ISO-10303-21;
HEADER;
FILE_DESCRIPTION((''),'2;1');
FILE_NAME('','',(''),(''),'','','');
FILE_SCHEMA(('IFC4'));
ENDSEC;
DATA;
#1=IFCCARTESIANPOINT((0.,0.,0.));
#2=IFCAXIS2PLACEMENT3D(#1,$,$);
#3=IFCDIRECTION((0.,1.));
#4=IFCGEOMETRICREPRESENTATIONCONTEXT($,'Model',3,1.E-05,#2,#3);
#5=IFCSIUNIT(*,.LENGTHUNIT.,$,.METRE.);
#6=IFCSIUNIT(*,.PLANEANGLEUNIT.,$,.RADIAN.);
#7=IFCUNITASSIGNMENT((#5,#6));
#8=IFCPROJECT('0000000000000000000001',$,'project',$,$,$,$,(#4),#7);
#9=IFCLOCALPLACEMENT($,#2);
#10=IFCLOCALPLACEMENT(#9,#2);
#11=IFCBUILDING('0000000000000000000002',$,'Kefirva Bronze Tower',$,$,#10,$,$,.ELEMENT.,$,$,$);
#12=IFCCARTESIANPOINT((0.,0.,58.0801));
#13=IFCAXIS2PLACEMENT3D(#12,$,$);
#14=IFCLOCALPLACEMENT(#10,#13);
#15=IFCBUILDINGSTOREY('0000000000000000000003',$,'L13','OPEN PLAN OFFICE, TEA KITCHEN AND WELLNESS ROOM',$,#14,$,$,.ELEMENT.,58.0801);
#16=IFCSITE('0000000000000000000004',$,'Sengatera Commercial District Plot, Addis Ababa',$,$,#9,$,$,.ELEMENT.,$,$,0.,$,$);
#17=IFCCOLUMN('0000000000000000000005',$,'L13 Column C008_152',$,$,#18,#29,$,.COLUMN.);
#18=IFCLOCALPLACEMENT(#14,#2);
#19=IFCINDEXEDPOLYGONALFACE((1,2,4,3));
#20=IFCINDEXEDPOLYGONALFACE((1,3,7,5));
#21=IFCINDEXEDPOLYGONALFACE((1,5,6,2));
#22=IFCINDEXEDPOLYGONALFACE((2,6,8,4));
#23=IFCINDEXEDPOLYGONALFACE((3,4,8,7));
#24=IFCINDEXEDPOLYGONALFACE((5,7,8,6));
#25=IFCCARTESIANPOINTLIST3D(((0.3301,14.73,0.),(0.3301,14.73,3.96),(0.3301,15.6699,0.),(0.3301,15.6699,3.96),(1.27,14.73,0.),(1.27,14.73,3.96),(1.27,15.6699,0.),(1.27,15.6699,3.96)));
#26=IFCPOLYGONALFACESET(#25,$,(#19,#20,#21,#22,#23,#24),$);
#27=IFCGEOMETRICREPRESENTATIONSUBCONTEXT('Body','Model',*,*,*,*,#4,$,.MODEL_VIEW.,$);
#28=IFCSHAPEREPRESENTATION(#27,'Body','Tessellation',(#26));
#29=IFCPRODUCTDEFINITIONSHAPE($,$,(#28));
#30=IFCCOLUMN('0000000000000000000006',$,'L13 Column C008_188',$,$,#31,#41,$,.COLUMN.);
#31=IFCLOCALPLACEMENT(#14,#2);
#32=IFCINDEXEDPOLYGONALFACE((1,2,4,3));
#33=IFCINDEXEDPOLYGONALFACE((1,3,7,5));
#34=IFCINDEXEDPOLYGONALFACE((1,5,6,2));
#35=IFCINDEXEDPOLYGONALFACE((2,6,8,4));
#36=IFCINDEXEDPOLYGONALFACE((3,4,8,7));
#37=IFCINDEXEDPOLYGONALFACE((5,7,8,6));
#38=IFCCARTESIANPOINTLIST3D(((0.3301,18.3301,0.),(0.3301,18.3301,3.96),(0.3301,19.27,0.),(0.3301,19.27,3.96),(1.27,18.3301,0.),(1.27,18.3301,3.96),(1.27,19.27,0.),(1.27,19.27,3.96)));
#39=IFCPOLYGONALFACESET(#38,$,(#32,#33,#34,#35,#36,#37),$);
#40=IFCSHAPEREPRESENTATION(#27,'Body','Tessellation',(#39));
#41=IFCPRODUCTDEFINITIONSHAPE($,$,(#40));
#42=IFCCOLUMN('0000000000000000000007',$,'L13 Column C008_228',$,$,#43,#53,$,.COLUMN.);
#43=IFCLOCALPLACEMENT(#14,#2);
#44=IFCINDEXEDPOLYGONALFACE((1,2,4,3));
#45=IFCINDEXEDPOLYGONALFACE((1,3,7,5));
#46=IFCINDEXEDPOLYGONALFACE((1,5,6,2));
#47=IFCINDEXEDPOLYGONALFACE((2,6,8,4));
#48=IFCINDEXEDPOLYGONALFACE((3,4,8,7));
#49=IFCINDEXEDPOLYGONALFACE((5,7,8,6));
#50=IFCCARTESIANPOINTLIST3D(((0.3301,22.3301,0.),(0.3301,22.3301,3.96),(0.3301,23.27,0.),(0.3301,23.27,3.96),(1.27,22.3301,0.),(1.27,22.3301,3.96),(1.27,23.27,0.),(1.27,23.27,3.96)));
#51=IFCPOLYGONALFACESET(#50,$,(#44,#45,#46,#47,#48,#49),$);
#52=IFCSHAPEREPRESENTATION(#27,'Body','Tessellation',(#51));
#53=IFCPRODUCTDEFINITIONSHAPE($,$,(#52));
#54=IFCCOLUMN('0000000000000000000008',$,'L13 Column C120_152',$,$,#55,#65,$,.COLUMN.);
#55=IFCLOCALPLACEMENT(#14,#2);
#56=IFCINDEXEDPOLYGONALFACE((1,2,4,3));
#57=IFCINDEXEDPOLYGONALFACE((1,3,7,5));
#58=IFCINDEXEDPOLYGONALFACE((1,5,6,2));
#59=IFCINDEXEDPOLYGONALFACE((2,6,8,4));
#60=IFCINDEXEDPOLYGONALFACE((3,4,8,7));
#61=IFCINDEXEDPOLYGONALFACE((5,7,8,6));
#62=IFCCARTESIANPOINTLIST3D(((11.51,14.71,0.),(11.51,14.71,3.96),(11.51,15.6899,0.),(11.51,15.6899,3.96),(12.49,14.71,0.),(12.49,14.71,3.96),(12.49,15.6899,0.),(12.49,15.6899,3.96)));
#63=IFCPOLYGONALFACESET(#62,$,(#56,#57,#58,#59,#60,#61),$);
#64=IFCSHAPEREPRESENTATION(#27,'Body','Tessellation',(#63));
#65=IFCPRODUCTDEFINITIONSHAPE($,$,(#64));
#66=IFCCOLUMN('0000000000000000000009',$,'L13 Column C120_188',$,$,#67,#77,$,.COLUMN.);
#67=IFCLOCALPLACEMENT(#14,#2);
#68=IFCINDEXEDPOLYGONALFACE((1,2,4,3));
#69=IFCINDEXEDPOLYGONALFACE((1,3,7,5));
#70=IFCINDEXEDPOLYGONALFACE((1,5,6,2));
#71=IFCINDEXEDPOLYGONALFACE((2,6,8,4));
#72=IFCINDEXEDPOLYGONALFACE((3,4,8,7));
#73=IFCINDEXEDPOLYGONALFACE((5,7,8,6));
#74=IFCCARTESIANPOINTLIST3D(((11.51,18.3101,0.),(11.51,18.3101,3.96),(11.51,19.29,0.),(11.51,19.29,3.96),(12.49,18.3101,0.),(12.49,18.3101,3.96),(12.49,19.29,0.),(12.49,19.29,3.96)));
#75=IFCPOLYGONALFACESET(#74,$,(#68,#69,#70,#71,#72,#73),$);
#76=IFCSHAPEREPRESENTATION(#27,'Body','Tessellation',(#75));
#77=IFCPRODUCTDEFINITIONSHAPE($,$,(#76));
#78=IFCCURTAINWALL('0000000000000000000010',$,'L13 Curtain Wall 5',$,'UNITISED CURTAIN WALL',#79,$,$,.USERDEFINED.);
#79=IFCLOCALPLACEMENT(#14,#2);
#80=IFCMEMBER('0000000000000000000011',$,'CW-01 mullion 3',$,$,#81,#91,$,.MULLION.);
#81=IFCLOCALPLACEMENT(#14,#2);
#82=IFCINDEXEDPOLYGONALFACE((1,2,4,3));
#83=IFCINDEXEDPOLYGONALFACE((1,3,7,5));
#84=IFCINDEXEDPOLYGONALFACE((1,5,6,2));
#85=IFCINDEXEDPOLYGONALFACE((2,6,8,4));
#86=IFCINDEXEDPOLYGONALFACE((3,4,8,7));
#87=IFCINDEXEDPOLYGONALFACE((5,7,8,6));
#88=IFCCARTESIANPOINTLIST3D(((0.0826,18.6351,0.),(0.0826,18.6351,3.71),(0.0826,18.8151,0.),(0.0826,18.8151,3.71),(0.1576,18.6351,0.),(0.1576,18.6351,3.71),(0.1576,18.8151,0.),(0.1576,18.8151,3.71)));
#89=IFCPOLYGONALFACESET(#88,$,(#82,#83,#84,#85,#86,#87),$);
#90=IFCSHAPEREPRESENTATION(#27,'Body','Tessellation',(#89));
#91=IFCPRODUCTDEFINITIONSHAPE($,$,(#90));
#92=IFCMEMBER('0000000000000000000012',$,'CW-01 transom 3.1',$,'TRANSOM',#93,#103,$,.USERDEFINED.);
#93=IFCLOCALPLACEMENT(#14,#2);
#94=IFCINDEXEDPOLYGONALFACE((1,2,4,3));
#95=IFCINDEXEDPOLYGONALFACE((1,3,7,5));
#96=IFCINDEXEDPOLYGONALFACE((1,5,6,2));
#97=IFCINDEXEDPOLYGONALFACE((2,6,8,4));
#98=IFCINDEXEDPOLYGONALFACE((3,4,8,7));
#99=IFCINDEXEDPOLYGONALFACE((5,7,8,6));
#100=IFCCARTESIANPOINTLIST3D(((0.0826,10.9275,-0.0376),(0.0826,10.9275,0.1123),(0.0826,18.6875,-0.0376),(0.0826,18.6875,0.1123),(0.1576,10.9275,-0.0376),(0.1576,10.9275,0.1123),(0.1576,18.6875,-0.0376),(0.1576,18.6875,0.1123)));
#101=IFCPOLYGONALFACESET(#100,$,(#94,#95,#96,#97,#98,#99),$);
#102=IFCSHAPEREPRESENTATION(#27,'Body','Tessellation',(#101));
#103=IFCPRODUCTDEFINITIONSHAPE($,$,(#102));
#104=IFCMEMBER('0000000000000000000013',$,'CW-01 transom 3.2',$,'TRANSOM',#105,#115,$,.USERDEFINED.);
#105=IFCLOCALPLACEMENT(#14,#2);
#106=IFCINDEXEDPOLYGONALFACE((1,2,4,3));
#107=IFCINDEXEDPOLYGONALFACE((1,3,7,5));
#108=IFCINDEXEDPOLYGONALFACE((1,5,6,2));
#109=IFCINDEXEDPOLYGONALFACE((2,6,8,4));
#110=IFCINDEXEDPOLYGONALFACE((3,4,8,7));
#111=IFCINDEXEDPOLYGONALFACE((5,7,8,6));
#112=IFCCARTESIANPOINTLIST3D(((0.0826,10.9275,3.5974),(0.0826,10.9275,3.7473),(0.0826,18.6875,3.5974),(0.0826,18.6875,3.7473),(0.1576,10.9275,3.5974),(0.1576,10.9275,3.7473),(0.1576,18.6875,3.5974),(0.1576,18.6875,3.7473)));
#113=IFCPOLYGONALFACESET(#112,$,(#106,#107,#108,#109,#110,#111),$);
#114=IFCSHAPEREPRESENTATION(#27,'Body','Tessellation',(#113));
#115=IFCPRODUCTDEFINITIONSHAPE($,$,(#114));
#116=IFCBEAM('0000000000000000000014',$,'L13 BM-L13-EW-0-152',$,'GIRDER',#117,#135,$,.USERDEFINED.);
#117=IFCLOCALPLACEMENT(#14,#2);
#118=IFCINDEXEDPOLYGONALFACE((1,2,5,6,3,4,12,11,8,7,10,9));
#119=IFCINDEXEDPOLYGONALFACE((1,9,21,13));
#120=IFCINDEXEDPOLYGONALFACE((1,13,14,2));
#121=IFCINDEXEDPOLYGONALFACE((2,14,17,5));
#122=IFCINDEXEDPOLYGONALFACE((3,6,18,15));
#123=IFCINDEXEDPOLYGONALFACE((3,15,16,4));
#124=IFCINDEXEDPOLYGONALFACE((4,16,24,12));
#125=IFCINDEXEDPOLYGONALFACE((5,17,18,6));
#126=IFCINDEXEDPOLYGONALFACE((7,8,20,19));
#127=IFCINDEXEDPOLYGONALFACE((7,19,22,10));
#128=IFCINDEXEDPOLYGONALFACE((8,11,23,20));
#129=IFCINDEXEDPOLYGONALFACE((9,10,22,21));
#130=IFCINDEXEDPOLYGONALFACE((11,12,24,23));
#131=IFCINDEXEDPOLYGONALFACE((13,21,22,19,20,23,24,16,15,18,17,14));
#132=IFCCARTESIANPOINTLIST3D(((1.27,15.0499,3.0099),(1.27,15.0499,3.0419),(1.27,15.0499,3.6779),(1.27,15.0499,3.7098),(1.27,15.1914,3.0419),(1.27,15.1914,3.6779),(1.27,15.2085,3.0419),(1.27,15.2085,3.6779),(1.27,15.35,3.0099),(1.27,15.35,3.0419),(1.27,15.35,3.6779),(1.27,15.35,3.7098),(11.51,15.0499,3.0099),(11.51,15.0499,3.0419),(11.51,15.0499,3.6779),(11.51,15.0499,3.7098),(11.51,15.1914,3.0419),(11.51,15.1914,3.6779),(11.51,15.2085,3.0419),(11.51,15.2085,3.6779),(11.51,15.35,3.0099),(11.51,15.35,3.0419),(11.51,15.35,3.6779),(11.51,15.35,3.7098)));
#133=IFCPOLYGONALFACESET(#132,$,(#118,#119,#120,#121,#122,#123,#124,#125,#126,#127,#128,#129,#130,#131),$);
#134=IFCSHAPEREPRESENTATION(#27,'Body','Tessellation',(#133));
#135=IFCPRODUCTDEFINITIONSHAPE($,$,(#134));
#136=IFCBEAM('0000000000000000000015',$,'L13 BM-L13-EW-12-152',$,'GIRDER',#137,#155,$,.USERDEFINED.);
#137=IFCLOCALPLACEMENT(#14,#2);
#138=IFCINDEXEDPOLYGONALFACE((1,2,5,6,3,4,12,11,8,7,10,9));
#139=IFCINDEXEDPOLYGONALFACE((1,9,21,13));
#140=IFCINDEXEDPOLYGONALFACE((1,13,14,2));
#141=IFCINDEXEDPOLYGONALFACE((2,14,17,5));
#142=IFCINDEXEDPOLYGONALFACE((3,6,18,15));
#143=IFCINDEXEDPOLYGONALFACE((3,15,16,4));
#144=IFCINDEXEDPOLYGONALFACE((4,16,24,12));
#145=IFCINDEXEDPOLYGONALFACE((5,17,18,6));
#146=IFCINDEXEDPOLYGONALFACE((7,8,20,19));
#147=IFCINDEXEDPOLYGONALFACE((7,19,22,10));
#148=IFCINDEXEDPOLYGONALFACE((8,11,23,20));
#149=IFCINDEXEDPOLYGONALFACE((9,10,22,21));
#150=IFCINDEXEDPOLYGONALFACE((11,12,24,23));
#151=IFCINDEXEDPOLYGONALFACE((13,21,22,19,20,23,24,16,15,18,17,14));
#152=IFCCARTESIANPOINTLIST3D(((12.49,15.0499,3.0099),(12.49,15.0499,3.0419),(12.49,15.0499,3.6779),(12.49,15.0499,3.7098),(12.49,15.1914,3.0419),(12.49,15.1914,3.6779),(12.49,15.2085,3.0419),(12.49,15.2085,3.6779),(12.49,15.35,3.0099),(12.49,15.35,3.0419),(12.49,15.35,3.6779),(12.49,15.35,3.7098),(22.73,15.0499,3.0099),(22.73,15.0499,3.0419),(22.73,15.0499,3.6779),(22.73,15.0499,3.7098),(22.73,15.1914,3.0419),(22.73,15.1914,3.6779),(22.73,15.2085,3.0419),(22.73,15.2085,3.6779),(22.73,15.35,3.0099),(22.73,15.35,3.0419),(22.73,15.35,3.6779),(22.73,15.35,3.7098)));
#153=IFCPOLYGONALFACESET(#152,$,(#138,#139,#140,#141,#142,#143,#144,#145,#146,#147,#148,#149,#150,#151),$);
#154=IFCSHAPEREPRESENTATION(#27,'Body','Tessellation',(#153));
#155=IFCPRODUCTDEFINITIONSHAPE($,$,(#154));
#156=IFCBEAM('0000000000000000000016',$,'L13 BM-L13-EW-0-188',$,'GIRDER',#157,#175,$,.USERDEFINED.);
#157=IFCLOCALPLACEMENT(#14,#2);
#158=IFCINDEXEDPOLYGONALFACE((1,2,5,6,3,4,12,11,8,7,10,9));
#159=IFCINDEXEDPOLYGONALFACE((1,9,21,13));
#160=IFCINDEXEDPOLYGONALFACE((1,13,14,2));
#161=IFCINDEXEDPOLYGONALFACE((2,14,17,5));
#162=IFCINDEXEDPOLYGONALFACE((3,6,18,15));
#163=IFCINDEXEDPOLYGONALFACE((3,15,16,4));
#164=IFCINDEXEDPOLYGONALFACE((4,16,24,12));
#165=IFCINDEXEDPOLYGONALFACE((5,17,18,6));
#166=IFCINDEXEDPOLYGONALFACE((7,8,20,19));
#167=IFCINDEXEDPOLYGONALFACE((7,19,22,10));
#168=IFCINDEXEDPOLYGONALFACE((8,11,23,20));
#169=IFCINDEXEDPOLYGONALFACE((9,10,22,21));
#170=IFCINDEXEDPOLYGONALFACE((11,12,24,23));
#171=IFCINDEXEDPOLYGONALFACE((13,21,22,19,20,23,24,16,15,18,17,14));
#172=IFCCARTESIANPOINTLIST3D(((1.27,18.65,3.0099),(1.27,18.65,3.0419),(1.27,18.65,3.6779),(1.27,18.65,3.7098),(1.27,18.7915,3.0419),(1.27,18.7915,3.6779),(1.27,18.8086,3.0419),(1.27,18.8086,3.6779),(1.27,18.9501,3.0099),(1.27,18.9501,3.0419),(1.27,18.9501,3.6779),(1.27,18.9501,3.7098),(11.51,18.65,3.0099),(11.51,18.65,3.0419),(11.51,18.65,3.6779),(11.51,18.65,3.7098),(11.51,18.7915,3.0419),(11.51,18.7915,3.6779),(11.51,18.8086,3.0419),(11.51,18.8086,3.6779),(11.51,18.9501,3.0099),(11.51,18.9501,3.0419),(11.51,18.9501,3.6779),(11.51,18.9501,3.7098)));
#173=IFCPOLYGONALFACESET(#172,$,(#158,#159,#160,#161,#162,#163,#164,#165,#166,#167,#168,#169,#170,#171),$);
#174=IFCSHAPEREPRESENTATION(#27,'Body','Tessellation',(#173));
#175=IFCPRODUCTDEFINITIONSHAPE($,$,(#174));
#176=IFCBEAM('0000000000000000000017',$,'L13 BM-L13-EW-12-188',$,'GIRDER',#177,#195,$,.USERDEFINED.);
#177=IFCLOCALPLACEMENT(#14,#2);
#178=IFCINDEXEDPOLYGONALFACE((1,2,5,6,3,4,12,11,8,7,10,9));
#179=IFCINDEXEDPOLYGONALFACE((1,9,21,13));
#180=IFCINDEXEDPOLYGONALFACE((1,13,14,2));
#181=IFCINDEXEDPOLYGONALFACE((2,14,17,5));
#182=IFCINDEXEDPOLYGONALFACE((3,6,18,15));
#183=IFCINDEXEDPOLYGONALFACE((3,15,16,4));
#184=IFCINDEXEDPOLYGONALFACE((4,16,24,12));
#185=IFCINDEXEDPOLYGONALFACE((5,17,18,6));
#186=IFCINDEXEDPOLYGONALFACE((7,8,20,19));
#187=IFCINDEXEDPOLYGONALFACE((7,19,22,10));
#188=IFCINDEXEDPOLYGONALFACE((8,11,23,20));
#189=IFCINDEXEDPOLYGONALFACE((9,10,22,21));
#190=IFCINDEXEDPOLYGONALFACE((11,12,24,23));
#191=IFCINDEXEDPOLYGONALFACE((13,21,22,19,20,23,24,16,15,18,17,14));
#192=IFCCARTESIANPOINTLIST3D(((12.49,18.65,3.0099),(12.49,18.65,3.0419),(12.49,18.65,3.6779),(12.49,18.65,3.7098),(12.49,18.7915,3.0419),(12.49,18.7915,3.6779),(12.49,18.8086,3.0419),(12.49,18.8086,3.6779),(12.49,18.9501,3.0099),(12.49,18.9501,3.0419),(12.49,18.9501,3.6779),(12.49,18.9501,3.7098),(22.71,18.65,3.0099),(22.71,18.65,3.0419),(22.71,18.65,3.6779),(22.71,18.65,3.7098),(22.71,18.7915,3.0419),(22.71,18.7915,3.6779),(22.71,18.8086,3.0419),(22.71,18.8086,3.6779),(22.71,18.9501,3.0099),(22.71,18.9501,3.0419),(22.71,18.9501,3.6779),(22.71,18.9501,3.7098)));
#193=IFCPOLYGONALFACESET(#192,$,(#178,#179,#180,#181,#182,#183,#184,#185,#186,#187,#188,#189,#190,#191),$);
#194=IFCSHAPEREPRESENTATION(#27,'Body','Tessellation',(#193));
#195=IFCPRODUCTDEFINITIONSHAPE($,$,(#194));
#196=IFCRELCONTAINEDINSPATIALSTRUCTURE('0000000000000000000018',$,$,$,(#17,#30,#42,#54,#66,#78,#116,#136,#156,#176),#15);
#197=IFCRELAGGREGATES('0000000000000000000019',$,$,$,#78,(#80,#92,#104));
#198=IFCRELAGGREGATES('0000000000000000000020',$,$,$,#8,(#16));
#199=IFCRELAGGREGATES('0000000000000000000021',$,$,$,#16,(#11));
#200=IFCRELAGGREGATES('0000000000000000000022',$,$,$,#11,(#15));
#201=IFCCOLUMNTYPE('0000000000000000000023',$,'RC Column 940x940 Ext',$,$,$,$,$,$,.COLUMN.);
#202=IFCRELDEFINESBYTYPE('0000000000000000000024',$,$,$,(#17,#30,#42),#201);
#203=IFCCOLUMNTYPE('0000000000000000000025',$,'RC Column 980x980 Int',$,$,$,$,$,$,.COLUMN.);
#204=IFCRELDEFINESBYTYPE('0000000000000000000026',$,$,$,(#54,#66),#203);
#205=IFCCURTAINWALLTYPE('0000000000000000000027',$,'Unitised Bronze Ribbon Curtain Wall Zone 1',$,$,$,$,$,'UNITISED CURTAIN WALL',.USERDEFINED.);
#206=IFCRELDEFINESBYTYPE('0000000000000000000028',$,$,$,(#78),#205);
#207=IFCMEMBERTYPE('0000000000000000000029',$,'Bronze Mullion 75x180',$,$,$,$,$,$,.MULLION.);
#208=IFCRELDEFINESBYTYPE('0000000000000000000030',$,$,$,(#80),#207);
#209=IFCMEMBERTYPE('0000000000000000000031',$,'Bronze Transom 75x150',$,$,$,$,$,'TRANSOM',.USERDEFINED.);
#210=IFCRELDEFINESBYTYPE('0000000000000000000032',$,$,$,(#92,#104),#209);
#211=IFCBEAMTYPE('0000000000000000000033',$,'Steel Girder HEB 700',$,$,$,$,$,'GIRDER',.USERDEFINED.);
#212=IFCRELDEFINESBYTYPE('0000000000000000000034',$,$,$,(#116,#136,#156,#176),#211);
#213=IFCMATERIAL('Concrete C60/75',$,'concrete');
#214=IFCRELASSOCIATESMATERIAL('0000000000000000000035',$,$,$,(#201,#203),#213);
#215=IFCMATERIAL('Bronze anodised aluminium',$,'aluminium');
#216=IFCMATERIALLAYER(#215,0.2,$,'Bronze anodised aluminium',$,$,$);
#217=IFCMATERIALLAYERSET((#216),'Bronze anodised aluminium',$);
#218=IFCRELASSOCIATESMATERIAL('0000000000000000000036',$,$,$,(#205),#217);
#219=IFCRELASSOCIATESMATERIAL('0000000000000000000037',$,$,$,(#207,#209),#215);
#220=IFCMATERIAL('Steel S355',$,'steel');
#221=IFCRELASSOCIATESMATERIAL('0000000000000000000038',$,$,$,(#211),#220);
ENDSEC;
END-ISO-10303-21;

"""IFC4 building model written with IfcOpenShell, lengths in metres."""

from ifc_helpers import new_model, si_unit, direction, frame, origin, origin_2d, place, context, subcontext, project, spatial, rectangle, i_section, extrude, material, layer, layer_set, material_profile, profile_set, type_object, element, aggregate, save


model = new_model("IFC4")

# Units and contexts
model_context = context("Model", 3, precision=1e-05, world=origin(), true_north=direction((0.0, 1.0)))
body_context = subcontext(model_context, "Body", "Model", "MODEL_VIEW")
ifc_project = project(units=[si_unit("LENGTHUNIT", "METRE"), si_unit("PLANEANGLEUNIT", "RADIAN")], contexts=[model_context])

# Site, building, storey
site_placement = place(None, origin())
site = spatial("IfcSite", under=ifc_project, at=site_placement, Name="Sengatera Commercial District Plot, Addis Ababa", CompositionType="ELEMENT", RefElevation=0.0)
building_placement = place(site_placement, origin())
building = spatial("IfcBuilding", under=site, at=building_placement, Name="Kefirva Bronze Tower", CompositionType="ELEMENT")
storey_placement = place(building_placement, frame((0.0, 0.0, 58.0801)))
storey = spatial("IfcBuildingStorey", under=building, at=storey_placement, Name="L13", Description="OPEN PLAN OFFICE, TEA KITCHEN AND WELLNESS ROOM", CompositionType="ELEMENT", Elevation=58.0801)

# Columns
ifc_material_1 = material(Name="Concrete C60/75", Category="concrete")
ifc_material_profile_1 = material_profile(ifc_material_1, rectangle(XDim=0.9399, YDim=0.9399, at=origin_2d()), Name="RC 940x940")
ifc_profile_set_1 = profile_set([ifc_material_profile_1], Name="Concrete C60/75")
column_type_1 = type_object("IfcColumnType", Name="RC Column 940x940 Ext", PredefinedType="COLUMN", material=ifc_profile_set_1)
for number, where, z_axis, x_axis, name in (
    (1, (0.8, 15.2, 0.0), (0.0, 0.0, 1.0), (1.0, 0.0, 0.0), "L13 Column C008_152"),
    (2, (0.8, 18.8, 0.0), (0.0, 0.0, 1.0), (1.0, 0.0, 0.0), "L13 Column C008_188"),
    (3, (0.8, 22.8, 0.0), (0.0, 0.0, 1.0), (1.0, 0.0, 0.0), "L13 Column C008_228"),
):
    element("IfcColumn", number, at=place(storey_placement, frame(where, z_axis=z_axis, x_axis=x_axis)), inside=storey, type_object=column_type_1, Name=name, PredefinedType="COLUMN", context=body_context, shape_type="SweptSolid", body=[
        extrude(rectangle(XDim=0.9399, YDim=0.9399, at=origin_2d()), origin(), (0.0, 0.0, 1.0), 3.96),
    ])
ifc_material_profile_2 = material_profile(ifc_material_1, rectangle(XDim=0.98, YDim=0.98, at=origin_2d()), Name="RC 980x980")
ifc_profile_set_2 = profile_set([ifc_material_profile_2], Name="Concrete C60/75")
column_type_2 = type_object("IfcColumnType", Name="RC Column 980x980 Int", PredefinedType="COLUMN", material=ifc_profile_set_2)
for number, where, z_axis, x_axis, name in (
    (4, (12.0, 15.2, 0.0), (0.0, 0.0, 1.0), (1.0, 0.0, 0.0), "L13 Column C120_152"),
    (5, (12.0, 18.8, 0.0), (0.0, 0.0, 1.0), (1.0, 0.0, 0.0), "L13 Column C120_188"),
):
    element("IfcColumn", number, at=place(storey_placement, frame(where, z_axis=z_axis, x_axis=x_axis)), inside=storey, type_object=column_type_2, Name=name, PredefinedType="COLUMN", context=body_context, shape_type="SweptSolid", body=[
        extrude(rectangle(XDim=0.98, YDim=0.98, at=origin_2d()), origin(), (0.0, 0.0, 1.0), 3.96),
    ])

# Curtain wall, members
ifc_material_2 = material(Name="Bronze anodised aluminium", Category="aluminium")
ifc_layer_1 = layer(ifc_material_2, 0.2, Name="Bronze anodised aluminium")
ifc_layer_set_1 = layer_set([ifc_layer_1], Name="Bronze anodised aluminium")
curtain_wall_type = type_object("IfcCurtainWallType", Name="Unitised Bronze Ribbon Curtain Wall Zone 1", ElementType="UNITISED CURTAIN WALL", PredefinedType="USERDEFINED", material=ifc_layer_set_1)
curtain_wall_placement = place(storey_placement, origin())
curtain_wall = element("IfcCurtainWall", 6, at=curtain_wall_placement, inside=storey, type_object=curtain_wall_type, Name="L13 Curtain Wall 5", ObjectType="UNITISED CURTAIN WALL", PredefinedType="USERDEFINED")
ifc_material_profile_3 = material_profile(ifc_material_2, rectangle(XDim=0.075, YDim=0.1799, at=origin_2d()), Name="ALU 75x180")
ifc_profile_set_3 = profile_set([ifc_material_profile_3], Name="Bronze anodised aluminium")
member_type_1 = type_object("IfcMemberType", Name="Bronze Mullion 75x180", PredefinedType="MULLION", material=ifc_profile_set_3)
member_1_placement = place(storey_placement, frame((0.1201, 18.7251, 0.0), z_axis=(0.0, 0.0, 1.0), x_axis=(1.0, 0.0, 0.0)))
member_1 = element("IfcMember", 7, at=member_1_placement, type_object=member_type_1, Name="CW-01 mullion 3", PredefinedType="MULLION", context=body_context, shape_type="SweptSolid", body=[
    extrude(rectangle(XDim=0.075, YDim=0.1799, at=origin_2d()), origin(), (0.0, 0.0, 1.0), 3.71),
])
ifc_material_profile_4 = material_profile(ifc_material_2, rectangle(XDim=0.075, YDim=0.1499, at=origin_2d()), Name="ALU 75x150")
ifc_profile_set_4 = profile_set([ifc_material_profile_4], Name="Bronze anodised aluminium")
member_type_2 = type_object("IfcMemberType", Name="Bronze Transom 75x150", ElementType="TRANSOM", PredefinedType="USERDEFINED", material=ifc_profile_set_4)
member_2_placement = place(storey_placement, frame((0.1201, 18.6875, 0.0374), z_axis=(0.0, -1.0, 0.0), x_axis=(1.0, 0.0, 0.0)))
member_2 = element("IfcMember", 8, at=member_2_placement, type_object=member_type_2, Name="CW-01 transom 3.1", ObjectType="TRANSOM", PredefinedType="USERDEFINED", context=body_context, shape_type="SweptSolid", body=[
    extrude(rectangle(XDim=0.075, YDim=0.1499, at=origin_2d()), origin(), (0.0, 0.0, 1.0), 7.76),
])
member_3_placement = place(storey_placement, frame((0.1201, 18.6875, 3.6724), z_axis=(0.0, -1.0, 0.0), x_axis=(1.0, 0.0, 0.0)))
member_3 = element("IfcMember", 9, at=member_3_placement, type_object=member_type_2, Name="CW-01 transom 3.2", ObjectType="TRANSOM", PredefinedType="USERDEFINED", context=body_context, shape_type="SweptSolid", body=[
    extrude(rectangle(XDim=0.075, YDim=0.1499, at=origin_2d()), origin(), (0.0, 0.0, 1.0), 7.76),
])

# Beams
ifc_material_3 = material(Name="Steel S355", Category="steel")
ifc_material_profile_5 = material_profile(ifc_material_3, i_section(OverallWidth=0.3, OverallDepth=0.7, WebThickness=0.0171, FlangeThickness=0.032, at=origin_2d()), Name="HEB 700")
ifc_profile_set_5 = profile_set([ifc_material_profile_5], Name="Steel S355")
beam_type_1 = type_object("IfcBeamType", Name="Steel Girder HEB 700", ElementType="GIRDER", PredefinedType="USERDEFINED", material=ifc_profile_set_5)
for number, where, z_axis, x_axis, name in (
    (10, (1.27, 15.2, 3.3599), (1.0, 0.0, 0.0), (0.0, 1.0, 0.0), "L13 BM-L13-EW-0-152"),
    (11, (12.49, 15.2, 3.3599), (1.0, 0.0, 0.0), (0.0, 1.0, 0.0), "L13 BM-L13-EW-12-152"),
    (12, (1.27, 18.8, 3.3599), (1.0, 0.0, 0.0), (0.0, 1.0, 0.0), "L13 BM-L13-EW-0-188"),
):
    element("IfcBeam", number, at=place(storey_placement, frame(where, z_axis=z_axis, x_axis=x_axis)), inside=storey, type_object=beam_type_1, Name=name, ObjectType="GIRDER", PredefinedType="USERDEFINED", context=body_context, shape_type="SweptSolid", body=[
        extrude(i_section(OverallWidth=0.3, OverallDepth=0.7, WebThickness=0.0171, FlangeThickness=0.032, at=origin_2d()), origin(), (0.0, 0.0, 1.0), 10.24),
    ])
beam_1_placement = place(storey_placement, frame((12.49, 18.8, 3.3599), z_axis=(1.0, 0.0, 0.0), x_axis=(0.0, 1.0, 0.0)))
element("IfcBeam", 13, at=beam_1_placement, inside=storey, type_object=beam_type_1, Name="L13 BM-L13-EW-12-188", ObjectType="GIRDER", PredefinedType="USERDEFINED", context=body_context, shape_type="SweptSolid", body=[
    extrude(i_section(OverallWidth=0.3, OverallDepth=0.7, WebThickness=0.0171, FlangeThickness=0.032, at=origin_2d()), origin(), (0.0, 0.0, 1.0), 10.22),
])

aggregate(curtain_wall, [member_1, member_2, member_3])

save(model, "model.ifc")
